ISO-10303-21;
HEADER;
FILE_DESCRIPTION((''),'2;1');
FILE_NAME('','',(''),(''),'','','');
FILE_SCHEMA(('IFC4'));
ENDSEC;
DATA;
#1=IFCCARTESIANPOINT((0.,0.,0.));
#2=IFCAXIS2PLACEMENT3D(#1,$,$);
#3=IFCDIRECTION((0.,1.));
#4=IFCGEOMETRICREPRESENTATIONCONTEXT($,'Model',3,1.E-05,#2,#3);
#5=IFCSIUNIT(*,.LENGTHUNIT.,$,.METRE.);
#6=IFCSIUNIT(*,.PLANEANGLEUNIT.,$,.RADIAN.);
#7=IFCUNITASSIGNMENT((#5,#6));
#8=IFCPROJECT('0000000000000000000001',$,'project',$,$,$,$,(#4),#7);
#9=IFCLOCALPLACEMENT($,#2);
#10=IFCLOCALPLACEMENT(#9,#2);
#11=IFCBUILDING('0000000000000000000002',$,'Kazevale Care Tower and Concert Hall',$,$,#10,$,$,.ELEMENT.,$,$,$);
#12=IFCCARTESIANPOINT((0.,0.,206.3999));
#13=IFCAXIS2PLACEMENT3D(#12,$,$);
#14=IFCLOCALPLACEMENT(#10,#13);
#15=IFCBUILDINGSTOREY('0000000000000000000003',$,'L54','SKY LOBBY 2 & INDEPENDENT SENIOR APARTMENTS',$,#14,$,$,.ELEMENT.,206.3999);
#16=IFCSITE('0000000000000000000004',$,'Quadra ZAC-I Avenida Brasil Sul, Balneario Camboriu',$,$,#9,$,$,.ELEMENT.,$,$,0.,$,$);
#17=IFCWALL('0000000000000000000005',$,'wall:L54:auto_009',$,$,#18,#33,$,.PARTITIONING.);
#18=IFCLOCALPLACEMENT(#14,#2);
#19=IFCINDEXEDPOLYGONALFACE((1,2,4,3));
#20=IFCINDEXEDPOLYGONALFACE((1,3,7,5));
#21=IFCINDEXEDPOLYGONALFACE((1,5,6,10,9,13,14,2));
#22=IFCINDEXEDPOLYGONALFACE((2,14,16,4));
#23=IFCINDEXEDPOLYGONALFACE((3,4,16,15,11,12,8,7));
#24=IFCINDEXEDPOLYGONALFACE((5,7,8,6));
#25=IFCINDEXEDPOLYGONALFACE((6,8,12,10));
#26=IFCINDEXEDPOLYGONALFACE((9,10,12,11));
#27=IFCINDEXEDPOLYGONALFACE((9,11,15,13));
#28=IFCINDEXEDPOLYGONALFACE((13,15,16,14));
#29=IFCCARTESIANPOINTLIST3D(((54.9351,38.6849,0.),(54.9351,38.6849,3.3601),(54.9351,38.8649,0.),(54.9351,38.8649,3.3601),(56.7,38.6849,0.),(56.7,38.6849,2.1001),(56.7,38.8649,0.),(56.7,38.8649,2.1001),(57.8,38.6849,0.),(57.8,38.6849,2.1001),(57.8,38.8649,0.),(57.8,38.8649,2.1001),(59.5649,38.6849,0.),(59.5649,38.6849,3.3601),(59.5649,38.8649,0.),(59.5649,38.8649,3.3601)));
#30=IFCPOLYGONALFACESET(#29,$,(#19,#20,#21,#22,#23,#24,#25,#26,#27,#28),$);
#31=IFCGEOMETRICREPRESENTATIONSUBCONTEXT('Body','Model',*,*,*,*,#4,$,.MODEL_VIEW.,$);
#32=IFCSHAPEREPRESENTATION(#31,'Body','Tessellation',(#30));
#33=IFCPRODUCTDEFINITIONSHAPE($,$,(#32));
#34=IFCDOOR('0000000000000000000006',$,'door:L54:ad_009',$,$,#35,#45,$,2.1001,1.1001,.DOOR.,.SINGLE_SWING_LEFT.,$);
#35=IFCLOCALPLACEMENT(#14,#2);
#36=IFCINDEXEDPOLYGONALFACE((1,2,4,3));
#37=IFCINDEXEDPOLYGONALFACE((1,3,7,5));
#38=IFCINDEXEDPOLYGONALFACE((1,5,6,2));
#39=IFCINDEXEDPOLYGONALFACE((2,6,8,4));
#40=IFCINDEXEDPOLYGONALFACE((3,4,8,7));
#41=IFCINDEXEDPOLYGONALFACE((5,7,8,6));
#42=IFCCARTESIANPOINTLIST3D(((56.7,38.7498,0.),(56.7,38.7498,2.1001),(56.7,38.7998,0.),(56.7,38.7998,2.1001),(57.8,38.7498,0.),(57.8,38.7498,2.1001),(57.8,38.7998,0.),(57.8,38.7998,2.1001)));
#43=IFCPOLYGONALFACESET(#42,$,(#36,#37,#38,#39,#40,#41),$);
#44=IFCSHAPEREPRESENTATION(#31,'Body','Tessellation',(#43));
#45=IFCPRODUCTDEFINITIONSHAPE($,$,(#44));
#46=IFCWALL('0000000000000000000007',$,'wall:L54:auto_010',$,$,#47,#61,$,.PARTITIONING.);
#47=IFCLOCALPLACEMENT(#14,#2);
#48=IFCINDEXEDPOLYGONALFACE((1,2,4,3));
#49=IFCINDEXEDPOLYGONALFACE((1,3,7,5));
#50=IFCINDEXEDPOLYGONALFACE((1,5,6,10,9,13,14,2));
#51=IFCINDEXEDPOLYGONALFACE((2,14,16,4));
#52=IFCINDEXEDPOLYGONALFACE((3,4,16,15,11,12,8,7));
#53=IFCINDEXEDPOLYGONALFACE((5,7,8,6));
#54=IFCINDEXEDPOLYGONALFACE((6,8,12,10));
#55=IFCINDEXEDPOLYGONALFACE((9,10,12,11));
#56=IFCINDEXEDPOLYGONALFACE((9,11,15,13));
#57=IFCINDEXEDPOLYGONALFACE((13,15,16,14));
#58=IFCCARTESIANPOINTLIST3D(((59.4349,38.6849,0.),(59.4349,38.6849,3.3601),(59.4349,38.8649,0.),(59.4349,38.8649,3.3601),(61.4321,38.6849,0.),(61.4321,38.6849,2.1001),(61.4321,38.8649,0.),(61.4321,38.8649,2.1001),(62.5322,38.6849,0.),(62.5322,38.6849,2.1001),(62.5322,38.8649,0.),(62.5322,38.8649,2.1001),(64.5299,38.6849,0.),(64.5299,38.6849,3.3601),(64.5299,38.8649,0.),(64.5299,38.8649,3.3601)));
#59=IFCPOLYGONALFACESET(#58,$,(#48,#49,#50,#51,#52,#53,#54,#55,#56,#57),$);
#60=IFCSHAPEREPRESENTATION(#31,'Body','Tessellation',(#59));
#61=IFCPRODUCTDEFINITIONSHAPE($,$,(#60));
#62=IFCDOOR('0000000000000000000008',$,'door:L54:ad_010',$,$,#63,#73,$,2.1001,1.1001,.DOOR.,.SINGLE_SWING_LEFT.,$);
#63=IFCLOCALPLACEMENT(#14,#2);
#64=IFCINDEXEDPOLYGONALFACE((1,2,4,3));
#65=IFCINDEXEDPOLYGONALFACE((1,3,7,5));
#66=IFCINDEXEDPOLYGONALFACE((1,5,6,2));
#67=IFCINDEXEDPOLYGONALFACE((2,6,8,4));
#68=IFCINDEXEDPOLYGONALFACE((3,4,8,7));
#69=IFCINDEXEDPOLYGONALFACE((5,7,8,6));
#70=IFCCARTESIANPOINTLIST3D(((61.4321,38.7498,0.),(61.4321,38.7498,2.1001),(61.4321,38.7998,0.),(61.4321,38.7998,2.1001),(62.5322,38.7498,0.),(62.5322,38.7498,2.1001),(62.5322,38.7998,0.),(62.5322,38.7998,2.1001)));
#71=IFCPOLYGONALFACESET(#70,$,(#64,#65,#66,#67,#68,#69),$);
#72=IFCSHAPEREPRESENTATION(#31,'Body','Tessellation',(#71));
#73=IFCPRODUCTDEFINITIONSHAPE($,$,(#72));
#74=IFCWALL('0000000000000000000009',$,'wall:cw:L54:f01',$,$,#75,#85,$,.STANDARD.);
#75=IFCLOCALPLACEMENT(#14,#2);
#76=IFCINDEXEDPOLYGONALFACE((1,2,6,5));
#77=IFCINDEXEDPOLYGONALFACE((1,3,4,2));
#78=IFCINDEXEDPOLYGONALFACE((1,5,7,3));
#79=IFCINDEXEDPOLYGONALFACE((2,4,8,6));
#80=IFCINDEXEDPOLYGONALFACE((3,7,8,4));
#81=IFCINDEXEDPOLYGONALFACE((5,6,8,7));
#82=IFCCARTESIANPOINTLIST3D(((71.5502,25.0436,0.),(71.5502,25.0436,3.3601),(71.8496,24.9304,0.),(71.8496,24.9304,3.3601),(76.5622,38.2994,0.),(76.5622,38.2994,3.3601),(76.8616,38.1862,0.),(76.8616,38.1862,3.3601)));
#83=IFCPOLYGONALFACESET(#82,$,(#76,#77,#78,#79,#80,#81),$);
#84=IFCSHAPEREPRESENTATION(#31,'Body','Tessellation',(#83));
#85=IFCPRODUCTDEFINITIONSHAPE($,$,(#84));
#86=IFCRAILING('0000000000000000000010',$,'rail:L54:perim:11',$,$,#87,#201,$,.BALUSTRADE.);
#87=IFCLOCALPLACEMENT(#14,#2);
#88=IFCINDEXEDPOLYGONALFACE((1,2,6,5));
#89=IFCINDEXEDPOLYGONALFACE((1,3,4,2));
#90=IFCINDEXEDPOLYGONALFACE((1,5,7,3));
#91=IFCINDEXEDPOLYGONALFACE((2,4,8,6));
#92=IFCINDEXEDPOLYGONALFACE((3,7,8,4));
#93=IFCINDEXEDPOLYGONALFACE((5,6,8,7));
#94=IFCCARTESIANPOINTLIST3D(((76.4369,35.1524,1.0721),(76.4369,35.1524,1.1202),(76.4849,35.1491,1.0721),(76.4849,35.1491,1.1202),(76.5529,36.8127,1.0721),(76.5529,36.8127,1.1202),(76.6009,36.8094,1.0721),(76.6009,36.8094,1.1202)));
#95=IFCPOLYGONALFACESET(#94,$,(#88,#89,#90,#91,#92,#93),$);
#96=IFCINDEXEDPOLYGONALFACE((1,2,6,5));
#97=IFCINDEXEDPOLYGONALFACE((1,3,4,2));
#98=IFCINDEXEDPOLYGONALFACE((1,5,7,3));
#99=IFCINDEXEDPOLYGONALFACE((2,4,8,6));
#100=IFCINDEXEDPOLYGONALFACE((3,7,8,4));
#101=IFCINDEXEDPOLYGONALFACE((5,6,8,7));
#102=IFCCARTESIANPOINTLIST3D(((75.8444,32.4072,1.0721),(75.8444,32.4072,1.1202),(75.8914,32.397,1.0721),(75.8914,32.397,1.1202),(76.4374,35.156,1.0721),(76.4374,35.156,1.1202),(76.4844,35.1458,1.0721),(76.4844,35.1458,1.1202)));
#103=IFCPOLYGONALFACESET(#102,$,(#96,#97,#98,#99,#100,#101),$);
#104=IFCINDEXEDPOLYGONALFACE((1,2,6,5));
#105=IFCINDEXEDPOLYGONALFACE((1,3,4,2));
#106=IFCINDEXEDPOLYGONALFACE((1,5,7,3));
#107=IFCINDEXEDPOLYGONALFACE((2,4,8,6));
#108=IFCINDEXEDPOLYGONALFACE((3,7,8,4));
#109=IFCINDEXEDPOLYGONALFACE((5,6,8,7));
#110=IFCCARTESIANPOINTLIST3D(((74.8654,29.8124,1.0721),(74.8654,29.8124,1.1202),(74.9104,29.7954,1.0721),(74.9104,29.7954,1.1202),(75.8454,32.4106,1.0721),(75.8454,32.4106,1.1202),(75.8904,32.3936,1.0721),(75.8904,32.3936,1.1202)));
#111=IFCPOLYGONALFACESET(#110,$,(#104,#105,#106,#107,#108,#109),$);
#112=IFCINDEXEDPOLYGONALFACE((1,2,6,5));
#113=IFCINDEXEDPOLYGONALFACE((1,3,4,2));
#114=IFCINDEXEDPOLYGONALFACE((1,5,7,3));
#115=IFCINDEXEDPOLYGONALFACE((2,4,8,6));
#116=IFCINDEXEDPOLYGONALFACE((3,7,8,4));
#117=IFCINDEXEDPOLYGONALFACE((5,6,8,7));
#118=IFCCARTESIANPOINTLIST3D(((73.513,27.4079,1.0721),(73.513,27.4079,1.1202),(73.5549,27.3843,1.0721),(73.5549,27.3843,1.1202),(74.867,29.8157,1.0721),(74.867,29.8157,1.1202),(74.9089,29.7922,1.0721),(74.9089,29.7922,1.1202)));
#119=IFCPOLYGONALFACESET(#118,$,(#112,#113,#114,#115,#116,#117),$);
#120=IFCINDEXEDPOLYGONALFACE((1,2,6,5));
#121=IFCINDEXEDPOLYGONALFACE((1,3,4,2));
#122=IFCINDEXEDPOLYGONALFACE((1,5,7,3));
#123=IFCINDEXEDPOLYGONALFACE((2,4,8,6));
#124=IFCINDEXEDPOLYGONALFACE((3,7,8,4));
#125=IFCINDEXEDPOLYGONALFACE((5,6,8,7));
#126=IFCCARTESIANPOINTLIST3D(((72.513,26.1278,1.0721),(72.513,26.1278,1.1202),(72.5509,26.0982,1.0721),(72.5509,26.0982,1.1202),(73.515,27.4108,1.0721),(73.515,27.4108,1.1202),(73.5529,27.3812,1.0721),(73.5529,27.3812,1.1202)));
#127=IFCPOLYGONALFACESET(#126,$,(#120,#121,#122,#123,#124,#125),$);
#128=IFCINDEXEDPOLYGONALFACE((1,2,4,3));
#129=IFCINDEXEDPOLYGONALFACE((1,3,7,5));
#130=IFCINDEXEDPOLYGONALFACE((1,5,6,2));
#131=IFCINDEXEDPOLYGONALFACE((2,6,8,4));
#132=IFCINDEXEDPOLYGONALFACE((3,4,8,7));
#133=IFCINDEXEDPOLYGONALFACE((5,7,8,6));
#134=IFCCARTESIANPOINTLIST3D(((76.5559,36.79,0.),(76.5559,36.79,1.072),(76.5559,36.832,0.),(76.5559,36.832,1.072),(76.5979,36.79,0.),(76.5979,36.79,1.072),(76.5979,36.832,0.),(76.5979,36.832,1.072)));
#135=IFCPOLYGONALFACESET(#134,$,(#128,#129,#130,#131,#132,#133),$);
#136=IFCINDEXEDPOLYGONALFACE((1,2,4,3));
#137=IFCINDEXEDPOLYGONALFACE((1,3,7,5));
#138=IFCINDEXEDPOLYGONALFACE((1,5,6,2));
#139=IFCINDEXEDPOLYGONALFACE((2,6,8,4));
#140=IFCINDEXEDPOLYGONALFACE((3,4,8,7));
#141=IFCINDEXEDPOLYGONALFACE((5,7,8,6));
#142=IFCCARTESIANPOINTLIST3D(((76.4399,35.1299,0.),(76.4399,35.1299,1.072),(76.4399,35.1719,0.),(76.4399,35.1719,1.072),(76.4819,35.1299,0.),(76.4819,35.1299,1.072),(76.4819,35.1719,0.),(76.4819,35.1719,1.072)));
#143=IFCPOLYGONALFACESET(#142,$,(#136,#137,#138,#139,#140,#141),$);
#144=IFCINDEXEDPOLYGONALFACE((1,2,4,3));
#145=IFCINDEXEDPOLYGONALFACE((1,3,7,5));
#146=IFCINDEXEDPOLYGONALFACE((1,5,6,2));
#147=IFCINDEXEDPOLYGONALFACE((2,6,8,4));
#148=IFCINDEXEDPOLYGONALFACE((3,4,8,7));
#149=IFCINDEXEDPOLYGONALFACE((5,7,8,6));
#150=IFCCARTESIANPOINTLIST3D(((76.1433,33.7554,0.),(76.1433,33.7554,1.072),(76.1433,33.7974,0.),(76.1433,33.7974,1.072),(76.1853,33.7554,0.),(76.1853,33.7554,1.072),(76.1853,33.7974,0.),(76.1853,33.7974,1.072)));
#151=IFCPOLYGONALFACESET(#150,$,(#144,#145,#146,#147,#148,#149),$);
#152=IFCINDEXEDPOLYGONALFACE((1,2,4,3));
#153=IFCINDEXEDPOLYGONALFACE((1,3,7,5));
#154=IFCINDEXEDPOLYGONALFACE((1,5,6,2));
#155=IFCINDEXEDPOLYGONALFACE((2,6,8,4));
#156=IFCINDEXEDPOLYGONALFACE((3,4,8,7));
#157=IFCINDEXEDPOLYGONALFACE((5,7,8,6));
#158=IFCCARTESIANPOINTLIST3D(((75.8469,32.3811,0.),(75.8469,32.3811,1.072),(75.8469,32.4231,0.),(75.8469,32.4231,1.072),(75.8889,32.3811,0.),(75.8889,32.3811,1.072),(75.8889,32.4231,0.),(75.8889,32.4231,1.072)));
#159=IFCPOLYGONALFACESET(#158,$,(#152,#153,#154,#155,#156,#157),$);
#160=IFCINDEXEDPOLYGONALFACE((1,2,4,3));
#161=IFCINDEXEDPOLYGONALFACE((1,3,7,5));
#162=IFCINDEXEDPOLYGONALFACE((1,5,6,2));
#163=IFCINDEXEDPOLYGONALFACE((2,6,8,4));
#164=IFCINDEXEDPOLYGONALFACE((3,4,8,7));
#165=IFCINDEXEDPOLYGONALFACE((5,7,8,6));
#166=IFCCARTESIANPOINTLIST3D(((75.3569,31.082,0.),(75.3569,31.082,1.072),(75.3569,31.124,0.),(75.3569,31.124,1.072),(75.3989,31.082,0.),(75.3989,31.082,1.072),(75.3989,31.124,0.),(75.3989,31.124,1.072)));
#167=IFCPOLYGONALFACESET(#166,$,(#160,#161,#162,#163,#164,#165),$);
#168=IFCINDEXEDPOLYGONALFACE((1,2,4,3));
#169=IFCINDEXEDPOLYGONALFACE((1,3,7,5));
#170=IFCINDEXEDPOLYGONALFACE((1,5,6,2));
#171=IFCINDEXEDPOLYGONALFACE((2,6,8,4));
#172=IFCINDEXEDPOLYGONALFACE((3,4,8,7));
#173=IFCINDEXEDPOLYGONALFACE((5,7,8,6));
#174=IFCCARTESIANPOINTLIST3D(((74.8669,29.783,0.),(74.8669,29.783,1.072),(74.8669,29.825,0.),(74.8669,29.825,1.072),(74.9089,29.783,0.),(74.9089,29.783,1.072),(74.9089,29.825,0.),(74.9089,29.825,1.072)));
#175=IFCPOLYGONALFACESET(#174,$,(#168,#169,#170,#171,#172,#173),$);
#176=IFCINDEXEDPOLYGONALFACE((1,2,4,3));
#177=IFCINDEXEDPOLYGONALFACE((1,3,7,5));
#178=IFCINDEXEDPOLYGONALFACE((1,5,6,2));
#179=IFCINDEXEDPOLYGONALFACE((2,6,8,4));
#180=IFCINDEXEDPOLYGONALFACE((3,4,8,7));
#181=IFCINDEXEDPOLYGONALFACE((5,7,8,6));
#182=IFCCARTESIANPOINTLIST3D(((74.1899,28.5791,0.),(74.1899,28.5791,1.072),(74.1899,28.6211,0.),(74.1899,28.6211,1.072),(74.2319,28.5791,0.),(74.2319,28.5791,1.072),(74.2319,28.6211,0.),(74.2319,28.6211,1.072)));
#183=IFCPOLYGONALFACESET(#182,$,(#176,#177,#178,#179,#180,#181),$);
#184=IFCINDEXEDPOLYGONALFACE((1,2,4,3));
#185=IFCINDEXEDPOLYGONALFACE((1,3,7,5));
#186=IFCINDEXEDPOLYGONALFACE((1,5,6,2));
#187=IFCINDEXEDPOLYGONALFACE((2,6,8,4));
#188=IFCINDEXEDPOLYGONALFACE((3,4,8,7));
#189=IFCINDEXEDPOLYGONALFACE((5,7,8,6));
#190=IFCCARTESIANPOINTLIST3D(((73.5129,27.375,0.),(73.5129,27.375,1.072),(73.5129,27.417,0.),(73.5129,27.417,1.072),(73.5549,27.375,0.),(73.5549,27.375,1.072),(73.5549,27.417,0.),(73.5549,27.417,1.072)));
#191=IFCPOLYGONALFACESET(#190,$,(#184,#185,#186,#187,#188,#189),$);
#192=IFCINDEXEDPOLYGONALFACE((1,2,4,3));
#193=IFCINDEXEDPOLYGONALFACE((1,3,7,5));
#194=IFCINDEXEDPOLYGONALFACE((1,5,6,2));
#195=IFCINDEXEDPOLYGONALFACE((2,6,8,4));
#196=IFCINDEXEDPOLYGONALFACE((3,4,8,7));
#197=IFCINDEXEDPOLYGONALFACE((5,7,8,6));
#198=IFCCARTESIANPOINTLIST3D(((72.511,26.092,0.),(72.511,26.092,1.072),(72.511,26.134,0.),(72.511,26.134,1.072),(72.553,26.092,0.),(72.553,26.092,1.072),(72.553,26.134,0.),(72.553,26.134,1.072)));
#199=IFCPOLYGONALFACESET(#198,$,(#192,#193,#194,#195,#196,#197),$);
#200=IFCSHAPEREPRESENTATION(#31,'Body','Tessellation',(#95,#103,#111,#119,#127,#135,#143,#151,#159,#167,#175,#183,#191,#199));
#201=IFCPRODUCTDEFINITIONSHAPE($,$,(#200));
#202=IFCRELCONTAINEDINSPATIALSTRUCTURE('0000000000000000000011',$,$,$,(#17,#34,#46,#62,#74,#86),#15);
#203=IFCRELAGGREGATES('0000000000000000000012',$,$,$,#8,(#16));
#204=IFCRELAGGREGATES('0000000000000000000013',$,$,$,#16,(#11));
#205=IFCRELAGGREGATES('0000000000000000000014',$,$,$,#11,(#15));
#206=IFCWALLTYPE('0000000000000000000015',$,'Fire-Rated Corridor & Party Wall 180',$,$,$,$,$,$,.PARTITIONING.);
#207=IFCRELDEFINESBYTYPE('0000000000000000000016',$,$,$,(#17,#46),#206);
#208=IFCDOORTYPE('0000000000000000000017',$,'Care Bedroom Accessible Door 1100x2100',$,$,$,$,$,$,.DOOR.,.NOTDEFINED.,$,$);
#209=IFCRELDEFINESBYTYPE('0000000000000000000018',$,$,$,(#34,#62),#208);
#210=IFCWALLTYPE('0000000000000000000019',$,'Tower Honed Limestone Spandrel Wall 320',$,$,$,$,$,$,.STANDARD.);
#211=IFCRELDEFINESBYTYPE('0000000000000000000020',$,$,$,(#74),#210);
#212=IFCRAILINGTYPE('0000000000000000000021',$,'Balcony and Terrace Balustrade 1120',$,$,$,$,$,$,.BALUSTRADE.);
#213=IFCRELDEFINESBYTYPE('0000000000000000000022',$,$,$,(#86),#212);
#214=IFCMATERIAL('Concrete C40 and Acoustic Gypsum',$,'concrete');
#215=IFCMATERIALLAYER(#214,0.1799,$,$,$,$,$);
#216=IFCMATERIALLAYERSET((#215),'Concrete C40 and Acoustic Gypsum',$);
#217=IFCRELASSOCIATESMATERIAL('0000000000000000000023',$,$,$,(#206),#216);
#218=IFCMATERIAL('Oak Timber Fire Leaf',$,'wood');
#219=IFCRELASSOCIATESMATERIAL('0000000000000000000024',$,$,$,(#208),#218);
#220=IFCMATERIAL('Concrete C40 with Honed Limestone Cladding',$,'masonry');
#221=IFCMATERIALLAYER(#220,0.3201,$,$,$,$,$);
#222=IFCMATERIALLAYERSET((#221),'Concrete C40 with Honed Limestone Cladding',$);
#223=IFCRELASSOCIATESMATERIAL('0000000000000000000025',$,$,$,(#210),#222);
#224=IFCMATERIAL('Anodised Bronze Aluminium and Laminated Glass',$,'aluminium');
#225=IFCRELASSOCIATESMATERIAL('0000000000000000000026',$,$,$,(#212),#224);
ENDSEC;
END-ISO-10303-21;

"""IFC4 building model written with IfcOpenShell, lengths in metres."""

from ifc_helpers import new_model, si_unit, direction, frame, frame_2d, origin, origin_2d, place, context, subcontext, project, spatial, rectangle, extrude, material, layer, layer_set, type_object, element, fill, save


model = new_model("IFC4")

# Units and contexts
model_context = context("Model", 3, precision=1e-05, world=origin(), true_north=direction((0.0, 1.0)))
body_context = subcontext(model_context, "Body", "Model", "MODEL_VIEW")
ifc_project = project(units=[si_unit("LENGTHUNIT", "METRE"), si_unit("PLANEANGLEUNIT", "RADIAN")], contexts=[model_context])

# Site, building, storey
site_placement = place(None, origin())
site = spatial("IfcSite", under=ifc_project, at=site_placement, Name="Quadra ZAC-I Avenida Brasil Sul, Balneario Camboriu", CompositionType="ELEMENT", RefElevation=0.0)
building_placement = place(site_placement, origin())
building = spatial("IfcBuilding", under=site, at=building_placement, Name="Kazevale Care Tower and Concert Hall", CompositionType="ELEMENT")
storey_placement = place(building_placement, frame((0.0, 0.0, 206.3999)))
storey = spatial("IfcBuildingStorey", under=building, at=storey_placement, Name="L54", Description="SKY LOBBY 2 & INDEPENDENT SENIOR APARTMENTS", CompositionType="ELEMENT", Elevation=206.3999)

# Walls, openings, doors
ifc_material_1 = material(Name="Concrete C40 and Acoustic Gypsum", Category="concrete")
ifc_layer_1 = layer(ifc_material_1, 0.1799)
ifc_layer_set_1 = layer_set([ifc_layer_1], Name="Concrete C40 and Acoustic Gypsum")
wall_type_1 = type_object("IfcWallType", Name="Fire-Rated Corridor & Party Wall 180", PredefinedType="PARTITIONING", material=ifc_layer_set_1)
ifc_material_2 = material(Name="Oak Timber Fire Leaf", Category="wood")
door_type = type_object("IfcDoorType", Name="Care Bedroom Accessible Door 1100x2100", OperationType="NOTDEFINED", PredefinedType="DOOR", material=ifc_material_2)
wall_1_placement = place(storey_placement, frame((54.9351, 38.7749, 0.0), z_axis=(0.0, 0.0, 1.0), x_axis=(1.0, 0.0, 0.0)))
wall_1 = element("IfcWall", 1, at=wall_1_placement, inside=storey, type_object=wall_type_1, Name="wall:L54:auto_009", PredefinedType="PARTITIONING", context=body_context, shape_type="SweptSolid", body=[
    extrude(rectangle(XDim=4.6299, YDim=0.1799, at=frame_2d((2.3149, 0.0))), origin(), (0.0, 0.0, 1.0), 3.3601),
])
opening_1_placement = place(wall_1_placement, frame((1.7649, 0.0, 0.0)))
opening_1 = element("IfcOpeningElement", 2, at=opening_1_placement, cuts=wall_1, PredefinedType="OPENING", context=body_context, shape_type="SweptSolid", body=[
    extrude(rectangle(XDim=1.1001, YDim=2.1001, at=frame_2d((0.55, 1.05))), frame((0.0, 0.0999, 0.0), z_axis=(0.0, -1.0, 0.0), x_axis=(1.0, 0.0, 0.0)), (0.0, 0.0, 1.0), 0.2),
])
door_1_placement = place(opening_1_placement, origin())
door_1 = element("IfcDoor", 3, at=door_1_placement, inside=storey, type_object=door_type, Name="door:L54:ad_009", OperationType="SINGLE_SWING_LEFT", OverallHeight=2.1001, OverallWidth=1.1001, PredefinedType="DOOR", context=body_context, shape_type="SweptSolid", body=[
    extrude(rectangle(XDim=1.1001, YDim=2.1001, at=frame_2d((0.55, 1.05))), frame((0.0, 0.0249, 0.0), z_axis=(0.0, -1.0, 0.0), x_axis=(1.0, 0.0, 0.0)), (0.0, 0.0, 1.0), 0.05),
])
fill(opening_1, door_1)
wall_2_placement = place(storey_placement, frame((59.4351, 38.7749, 0.0), z_axis=(0.0, 0.0, 1.0), x_axis=(1.0, 0.0, 0.0)))
wall_2 = element("IfcWall", 4, at=wall_2_placement, inside=storey, type_object=wall_type_1, Name="wall:L54:auto_010", PredefinedType="PARTITIONING", context=body_context, shape_type="SweptSolid", body=[
    extrude(rectangle(XDim=5.095, YDim=0.1799, at=frame_2d((2.5474, 0.0))), origin(), (0.0, 0.0, 1.0), 3.3601),
])
opening_2_placement = place(wall_2_placement, frame((1.9971, 0.0, 0.0)))
opening_2 = element("IfcOpeningElement", 5, at=opening_2_placement, cuts=wall_2, PredefinedType="OPENING", context=body_context, shape_type="SweptSolid", body=[
    extrude(rectangle(XDim=1.1001, YDim=2.1001, at=frame_2d((0.55, 1.05))), frame((0.0, 0.0999, 0.0), z_axis=(0.0, -1.0, 0.0), x_axis=(1.0, 0.0, 0.0)), (0.0, 0.0, 1.0), 0.2),
])
door_2_placement = place(opening_2_placement, origin())
door_2 = element("IfcDoor", 6, at=door_2_placement, inside=storey, type_object=door_type, Name="door:L54:ad_010", OperationType="SINGLE_SWING_LEFT", OverallHeight=2.1001, OverallWidth=1.1001, PredefinedType="DOOR", context=body_context, shape_type="SweptSolid", body=[
    extrude(rectangle(XDim=1.1001, YDim=2.1001, at=frame_2d((0.55, 1.05))), frame((0.0, 0.0249, 0.0), z_axis=(0.0, -1.0, 0.0), x_axis=(1.0, 0.0, 0.0)), (0.0, 0.0, 1.0), 0.05),
])
fill(opening_2, door_2)

# Wall
ifc_material_3 = material(Name="Concrete C40 with Honed Limestone Cladding", Category="masonry")
ifc_layer_2 = layer(ifc_material_3, 0.3201)
ifc_layer_set_2 = layer_set([ifc_layer_2], Name="Concrete C40 with Honed Limestone Cladding")
wall_type_2 = type_object("IfcWallType", Name="Tower Honed Limestone Spandrel Wall 320", PredefinedType="STANDARD", material=ifc_layer_set_2)
wall_3_placement = place(storey_placement, frame((76.7119, 38.2429, 0.0), z_axis=(0.0, 0.0, 1.0), x_axis=(-0.35366, -0.935374, 0.0)))
element("IfcWall", 7, at=wall_3_placement, inside=storey, type_object=wall_type_2, Name="wall:cw:L54:f01", PredefinedType="STANDARD", context=body_context, shape_type="SweptSolid", body=[
    extrude(rectangle(XDim=14.1716, YDim=0.3201, at=frame_2d((7.0859, 0.0))), origin(), (0.0, 0.0, 1.0), 3.3601),
])

# Railing
ifc_material_4 = material(Name="Anodised Bronze Aluminium and Laminated Glass", Category="aluminium")
railing_type = type_object("IfcRailingType", Name="Balcony and Terrace Balustrade 1120", PredefinedType="BALUSTRADE", material=ifc_material_4)
railing_1_placement = place(storey_placement, frame((76.5769, 36.811, 0.0)))
element("IfcRailing", 8, at=railing_1_placement, inside=storey, type_object=railing_type, Name="rail:L54:perim:11", PredefinedType="BALUSTRADE", context=body_context, shape_type="SweptSolid", body=[
    extrude(rectangle(XDim=0.0481, YDim=0.0481, at=origin_2d()), frame((0.0, 0.0, 1.0962), z_axis=(-0.069683, -0.997569, 0.0), x_axis=(0.997569, -0.069683, 0.0)), (0.0, 0.0, 1.0), 1.6643),
    extrude(rectangle(XDim=0.0481, YDim=0.0481, at=origin_2d()), frame((-0.116, -1.6602, 1.0962), z_axis=(-0.210887, -0.977511, 0.0), x_axis=(0.977511, -0.210887, 0.0)), (0.0, 0.0, 1.0), 2.812),
    extrude(rectangle(XDim=0.0481, YDim=0.0481, at=origin_2d()), frame((-0.709, -4.4089, 1.0962), z_axis=(-0.352915, -0.935655, 0.0), x_axis=(0.935655, -0.352915, 0.0)), (0.0, 0.0, 1.0), 2.7769),
    extrude(rectangle(XDim=0.0481, YDim=0.0481, at=origin_2d()), frame((-1.689, -7.0071, 1.0962), z_axis=(-0.490131, -0.871649, 0.0), x_axis=(0.871649, -0.490131, 0.0)), (0.0, 0.0, 1.0), 2.7625),
    extrude(rectangle(XDim=0.0481, YDim=0.0481, at=origin_2d()), frame((-3.043, -9.415, 1.0962), z_axis=(-0.615507, -0.788131, 0.0), x_axis=(0.788131, -0.615507, 0.0)), (0.0, 0.0, 1.0), 1.6279),
    extrude(rectangle(XDim=0.042, YDim=0.042, at=origin_2d()), origin(), (0.0, 0.0, 1.0), 1.072),
    extrude(rectangle(XDim=0.042, YDim=0.042, at=origin_2d()), frame((-0.116, -1.6602, 0.0)), (0.0, 0.0, 1.0), 1.072),
    extrude(rectangle(XDim=0.042, YDim=0.042, at=origin_2d()), frame((-0.4126, -3.0347, 0.0)), (0.0, 0.0, 1.0), 1.072),
    extrude(rectangle(XDim=0.042, YDim=0.042, at=origin_2d()), frame((-0.709, -4.4089, 0.0)), (0.0, 0.0, 1.0), 1.072),
    extrude(rectangle(XDim=0.042, YDim=0.042, at=origin_2d()), frame((-1.199, -5.708, 0.0)), (0.0, 0.0, 1.0), 1.072),
    extrude(rectangle(XDim=0.042, YDim=0.042, at=origin_2d()), frame((-1.689, -7.0071, 0.0)), (0.0, 0.0, 1.0), 1.072),
    extrude(rectangle(XDim=0.042, YDim=0.042, at=origin_2d()), frame((-2.366, -8.2109, 0.0)), (0.0, 0.0, 1.0), 1.072),
    extrude(rectangle(XDim=0.042, YDim=0.042, at=origin_2d()), frame((-3.043, -9.415, 0.0)), (0.0, 0.0, 1.0), 1.072),
    extrude(rectangle(XDim=0.042, YDim=0.042, at=origin_2d()), frame((-4.0449, -10.698, 0.0)), (0.0, 0.0, 1.0), 1.072),
])

save(model, "model.ifc")
